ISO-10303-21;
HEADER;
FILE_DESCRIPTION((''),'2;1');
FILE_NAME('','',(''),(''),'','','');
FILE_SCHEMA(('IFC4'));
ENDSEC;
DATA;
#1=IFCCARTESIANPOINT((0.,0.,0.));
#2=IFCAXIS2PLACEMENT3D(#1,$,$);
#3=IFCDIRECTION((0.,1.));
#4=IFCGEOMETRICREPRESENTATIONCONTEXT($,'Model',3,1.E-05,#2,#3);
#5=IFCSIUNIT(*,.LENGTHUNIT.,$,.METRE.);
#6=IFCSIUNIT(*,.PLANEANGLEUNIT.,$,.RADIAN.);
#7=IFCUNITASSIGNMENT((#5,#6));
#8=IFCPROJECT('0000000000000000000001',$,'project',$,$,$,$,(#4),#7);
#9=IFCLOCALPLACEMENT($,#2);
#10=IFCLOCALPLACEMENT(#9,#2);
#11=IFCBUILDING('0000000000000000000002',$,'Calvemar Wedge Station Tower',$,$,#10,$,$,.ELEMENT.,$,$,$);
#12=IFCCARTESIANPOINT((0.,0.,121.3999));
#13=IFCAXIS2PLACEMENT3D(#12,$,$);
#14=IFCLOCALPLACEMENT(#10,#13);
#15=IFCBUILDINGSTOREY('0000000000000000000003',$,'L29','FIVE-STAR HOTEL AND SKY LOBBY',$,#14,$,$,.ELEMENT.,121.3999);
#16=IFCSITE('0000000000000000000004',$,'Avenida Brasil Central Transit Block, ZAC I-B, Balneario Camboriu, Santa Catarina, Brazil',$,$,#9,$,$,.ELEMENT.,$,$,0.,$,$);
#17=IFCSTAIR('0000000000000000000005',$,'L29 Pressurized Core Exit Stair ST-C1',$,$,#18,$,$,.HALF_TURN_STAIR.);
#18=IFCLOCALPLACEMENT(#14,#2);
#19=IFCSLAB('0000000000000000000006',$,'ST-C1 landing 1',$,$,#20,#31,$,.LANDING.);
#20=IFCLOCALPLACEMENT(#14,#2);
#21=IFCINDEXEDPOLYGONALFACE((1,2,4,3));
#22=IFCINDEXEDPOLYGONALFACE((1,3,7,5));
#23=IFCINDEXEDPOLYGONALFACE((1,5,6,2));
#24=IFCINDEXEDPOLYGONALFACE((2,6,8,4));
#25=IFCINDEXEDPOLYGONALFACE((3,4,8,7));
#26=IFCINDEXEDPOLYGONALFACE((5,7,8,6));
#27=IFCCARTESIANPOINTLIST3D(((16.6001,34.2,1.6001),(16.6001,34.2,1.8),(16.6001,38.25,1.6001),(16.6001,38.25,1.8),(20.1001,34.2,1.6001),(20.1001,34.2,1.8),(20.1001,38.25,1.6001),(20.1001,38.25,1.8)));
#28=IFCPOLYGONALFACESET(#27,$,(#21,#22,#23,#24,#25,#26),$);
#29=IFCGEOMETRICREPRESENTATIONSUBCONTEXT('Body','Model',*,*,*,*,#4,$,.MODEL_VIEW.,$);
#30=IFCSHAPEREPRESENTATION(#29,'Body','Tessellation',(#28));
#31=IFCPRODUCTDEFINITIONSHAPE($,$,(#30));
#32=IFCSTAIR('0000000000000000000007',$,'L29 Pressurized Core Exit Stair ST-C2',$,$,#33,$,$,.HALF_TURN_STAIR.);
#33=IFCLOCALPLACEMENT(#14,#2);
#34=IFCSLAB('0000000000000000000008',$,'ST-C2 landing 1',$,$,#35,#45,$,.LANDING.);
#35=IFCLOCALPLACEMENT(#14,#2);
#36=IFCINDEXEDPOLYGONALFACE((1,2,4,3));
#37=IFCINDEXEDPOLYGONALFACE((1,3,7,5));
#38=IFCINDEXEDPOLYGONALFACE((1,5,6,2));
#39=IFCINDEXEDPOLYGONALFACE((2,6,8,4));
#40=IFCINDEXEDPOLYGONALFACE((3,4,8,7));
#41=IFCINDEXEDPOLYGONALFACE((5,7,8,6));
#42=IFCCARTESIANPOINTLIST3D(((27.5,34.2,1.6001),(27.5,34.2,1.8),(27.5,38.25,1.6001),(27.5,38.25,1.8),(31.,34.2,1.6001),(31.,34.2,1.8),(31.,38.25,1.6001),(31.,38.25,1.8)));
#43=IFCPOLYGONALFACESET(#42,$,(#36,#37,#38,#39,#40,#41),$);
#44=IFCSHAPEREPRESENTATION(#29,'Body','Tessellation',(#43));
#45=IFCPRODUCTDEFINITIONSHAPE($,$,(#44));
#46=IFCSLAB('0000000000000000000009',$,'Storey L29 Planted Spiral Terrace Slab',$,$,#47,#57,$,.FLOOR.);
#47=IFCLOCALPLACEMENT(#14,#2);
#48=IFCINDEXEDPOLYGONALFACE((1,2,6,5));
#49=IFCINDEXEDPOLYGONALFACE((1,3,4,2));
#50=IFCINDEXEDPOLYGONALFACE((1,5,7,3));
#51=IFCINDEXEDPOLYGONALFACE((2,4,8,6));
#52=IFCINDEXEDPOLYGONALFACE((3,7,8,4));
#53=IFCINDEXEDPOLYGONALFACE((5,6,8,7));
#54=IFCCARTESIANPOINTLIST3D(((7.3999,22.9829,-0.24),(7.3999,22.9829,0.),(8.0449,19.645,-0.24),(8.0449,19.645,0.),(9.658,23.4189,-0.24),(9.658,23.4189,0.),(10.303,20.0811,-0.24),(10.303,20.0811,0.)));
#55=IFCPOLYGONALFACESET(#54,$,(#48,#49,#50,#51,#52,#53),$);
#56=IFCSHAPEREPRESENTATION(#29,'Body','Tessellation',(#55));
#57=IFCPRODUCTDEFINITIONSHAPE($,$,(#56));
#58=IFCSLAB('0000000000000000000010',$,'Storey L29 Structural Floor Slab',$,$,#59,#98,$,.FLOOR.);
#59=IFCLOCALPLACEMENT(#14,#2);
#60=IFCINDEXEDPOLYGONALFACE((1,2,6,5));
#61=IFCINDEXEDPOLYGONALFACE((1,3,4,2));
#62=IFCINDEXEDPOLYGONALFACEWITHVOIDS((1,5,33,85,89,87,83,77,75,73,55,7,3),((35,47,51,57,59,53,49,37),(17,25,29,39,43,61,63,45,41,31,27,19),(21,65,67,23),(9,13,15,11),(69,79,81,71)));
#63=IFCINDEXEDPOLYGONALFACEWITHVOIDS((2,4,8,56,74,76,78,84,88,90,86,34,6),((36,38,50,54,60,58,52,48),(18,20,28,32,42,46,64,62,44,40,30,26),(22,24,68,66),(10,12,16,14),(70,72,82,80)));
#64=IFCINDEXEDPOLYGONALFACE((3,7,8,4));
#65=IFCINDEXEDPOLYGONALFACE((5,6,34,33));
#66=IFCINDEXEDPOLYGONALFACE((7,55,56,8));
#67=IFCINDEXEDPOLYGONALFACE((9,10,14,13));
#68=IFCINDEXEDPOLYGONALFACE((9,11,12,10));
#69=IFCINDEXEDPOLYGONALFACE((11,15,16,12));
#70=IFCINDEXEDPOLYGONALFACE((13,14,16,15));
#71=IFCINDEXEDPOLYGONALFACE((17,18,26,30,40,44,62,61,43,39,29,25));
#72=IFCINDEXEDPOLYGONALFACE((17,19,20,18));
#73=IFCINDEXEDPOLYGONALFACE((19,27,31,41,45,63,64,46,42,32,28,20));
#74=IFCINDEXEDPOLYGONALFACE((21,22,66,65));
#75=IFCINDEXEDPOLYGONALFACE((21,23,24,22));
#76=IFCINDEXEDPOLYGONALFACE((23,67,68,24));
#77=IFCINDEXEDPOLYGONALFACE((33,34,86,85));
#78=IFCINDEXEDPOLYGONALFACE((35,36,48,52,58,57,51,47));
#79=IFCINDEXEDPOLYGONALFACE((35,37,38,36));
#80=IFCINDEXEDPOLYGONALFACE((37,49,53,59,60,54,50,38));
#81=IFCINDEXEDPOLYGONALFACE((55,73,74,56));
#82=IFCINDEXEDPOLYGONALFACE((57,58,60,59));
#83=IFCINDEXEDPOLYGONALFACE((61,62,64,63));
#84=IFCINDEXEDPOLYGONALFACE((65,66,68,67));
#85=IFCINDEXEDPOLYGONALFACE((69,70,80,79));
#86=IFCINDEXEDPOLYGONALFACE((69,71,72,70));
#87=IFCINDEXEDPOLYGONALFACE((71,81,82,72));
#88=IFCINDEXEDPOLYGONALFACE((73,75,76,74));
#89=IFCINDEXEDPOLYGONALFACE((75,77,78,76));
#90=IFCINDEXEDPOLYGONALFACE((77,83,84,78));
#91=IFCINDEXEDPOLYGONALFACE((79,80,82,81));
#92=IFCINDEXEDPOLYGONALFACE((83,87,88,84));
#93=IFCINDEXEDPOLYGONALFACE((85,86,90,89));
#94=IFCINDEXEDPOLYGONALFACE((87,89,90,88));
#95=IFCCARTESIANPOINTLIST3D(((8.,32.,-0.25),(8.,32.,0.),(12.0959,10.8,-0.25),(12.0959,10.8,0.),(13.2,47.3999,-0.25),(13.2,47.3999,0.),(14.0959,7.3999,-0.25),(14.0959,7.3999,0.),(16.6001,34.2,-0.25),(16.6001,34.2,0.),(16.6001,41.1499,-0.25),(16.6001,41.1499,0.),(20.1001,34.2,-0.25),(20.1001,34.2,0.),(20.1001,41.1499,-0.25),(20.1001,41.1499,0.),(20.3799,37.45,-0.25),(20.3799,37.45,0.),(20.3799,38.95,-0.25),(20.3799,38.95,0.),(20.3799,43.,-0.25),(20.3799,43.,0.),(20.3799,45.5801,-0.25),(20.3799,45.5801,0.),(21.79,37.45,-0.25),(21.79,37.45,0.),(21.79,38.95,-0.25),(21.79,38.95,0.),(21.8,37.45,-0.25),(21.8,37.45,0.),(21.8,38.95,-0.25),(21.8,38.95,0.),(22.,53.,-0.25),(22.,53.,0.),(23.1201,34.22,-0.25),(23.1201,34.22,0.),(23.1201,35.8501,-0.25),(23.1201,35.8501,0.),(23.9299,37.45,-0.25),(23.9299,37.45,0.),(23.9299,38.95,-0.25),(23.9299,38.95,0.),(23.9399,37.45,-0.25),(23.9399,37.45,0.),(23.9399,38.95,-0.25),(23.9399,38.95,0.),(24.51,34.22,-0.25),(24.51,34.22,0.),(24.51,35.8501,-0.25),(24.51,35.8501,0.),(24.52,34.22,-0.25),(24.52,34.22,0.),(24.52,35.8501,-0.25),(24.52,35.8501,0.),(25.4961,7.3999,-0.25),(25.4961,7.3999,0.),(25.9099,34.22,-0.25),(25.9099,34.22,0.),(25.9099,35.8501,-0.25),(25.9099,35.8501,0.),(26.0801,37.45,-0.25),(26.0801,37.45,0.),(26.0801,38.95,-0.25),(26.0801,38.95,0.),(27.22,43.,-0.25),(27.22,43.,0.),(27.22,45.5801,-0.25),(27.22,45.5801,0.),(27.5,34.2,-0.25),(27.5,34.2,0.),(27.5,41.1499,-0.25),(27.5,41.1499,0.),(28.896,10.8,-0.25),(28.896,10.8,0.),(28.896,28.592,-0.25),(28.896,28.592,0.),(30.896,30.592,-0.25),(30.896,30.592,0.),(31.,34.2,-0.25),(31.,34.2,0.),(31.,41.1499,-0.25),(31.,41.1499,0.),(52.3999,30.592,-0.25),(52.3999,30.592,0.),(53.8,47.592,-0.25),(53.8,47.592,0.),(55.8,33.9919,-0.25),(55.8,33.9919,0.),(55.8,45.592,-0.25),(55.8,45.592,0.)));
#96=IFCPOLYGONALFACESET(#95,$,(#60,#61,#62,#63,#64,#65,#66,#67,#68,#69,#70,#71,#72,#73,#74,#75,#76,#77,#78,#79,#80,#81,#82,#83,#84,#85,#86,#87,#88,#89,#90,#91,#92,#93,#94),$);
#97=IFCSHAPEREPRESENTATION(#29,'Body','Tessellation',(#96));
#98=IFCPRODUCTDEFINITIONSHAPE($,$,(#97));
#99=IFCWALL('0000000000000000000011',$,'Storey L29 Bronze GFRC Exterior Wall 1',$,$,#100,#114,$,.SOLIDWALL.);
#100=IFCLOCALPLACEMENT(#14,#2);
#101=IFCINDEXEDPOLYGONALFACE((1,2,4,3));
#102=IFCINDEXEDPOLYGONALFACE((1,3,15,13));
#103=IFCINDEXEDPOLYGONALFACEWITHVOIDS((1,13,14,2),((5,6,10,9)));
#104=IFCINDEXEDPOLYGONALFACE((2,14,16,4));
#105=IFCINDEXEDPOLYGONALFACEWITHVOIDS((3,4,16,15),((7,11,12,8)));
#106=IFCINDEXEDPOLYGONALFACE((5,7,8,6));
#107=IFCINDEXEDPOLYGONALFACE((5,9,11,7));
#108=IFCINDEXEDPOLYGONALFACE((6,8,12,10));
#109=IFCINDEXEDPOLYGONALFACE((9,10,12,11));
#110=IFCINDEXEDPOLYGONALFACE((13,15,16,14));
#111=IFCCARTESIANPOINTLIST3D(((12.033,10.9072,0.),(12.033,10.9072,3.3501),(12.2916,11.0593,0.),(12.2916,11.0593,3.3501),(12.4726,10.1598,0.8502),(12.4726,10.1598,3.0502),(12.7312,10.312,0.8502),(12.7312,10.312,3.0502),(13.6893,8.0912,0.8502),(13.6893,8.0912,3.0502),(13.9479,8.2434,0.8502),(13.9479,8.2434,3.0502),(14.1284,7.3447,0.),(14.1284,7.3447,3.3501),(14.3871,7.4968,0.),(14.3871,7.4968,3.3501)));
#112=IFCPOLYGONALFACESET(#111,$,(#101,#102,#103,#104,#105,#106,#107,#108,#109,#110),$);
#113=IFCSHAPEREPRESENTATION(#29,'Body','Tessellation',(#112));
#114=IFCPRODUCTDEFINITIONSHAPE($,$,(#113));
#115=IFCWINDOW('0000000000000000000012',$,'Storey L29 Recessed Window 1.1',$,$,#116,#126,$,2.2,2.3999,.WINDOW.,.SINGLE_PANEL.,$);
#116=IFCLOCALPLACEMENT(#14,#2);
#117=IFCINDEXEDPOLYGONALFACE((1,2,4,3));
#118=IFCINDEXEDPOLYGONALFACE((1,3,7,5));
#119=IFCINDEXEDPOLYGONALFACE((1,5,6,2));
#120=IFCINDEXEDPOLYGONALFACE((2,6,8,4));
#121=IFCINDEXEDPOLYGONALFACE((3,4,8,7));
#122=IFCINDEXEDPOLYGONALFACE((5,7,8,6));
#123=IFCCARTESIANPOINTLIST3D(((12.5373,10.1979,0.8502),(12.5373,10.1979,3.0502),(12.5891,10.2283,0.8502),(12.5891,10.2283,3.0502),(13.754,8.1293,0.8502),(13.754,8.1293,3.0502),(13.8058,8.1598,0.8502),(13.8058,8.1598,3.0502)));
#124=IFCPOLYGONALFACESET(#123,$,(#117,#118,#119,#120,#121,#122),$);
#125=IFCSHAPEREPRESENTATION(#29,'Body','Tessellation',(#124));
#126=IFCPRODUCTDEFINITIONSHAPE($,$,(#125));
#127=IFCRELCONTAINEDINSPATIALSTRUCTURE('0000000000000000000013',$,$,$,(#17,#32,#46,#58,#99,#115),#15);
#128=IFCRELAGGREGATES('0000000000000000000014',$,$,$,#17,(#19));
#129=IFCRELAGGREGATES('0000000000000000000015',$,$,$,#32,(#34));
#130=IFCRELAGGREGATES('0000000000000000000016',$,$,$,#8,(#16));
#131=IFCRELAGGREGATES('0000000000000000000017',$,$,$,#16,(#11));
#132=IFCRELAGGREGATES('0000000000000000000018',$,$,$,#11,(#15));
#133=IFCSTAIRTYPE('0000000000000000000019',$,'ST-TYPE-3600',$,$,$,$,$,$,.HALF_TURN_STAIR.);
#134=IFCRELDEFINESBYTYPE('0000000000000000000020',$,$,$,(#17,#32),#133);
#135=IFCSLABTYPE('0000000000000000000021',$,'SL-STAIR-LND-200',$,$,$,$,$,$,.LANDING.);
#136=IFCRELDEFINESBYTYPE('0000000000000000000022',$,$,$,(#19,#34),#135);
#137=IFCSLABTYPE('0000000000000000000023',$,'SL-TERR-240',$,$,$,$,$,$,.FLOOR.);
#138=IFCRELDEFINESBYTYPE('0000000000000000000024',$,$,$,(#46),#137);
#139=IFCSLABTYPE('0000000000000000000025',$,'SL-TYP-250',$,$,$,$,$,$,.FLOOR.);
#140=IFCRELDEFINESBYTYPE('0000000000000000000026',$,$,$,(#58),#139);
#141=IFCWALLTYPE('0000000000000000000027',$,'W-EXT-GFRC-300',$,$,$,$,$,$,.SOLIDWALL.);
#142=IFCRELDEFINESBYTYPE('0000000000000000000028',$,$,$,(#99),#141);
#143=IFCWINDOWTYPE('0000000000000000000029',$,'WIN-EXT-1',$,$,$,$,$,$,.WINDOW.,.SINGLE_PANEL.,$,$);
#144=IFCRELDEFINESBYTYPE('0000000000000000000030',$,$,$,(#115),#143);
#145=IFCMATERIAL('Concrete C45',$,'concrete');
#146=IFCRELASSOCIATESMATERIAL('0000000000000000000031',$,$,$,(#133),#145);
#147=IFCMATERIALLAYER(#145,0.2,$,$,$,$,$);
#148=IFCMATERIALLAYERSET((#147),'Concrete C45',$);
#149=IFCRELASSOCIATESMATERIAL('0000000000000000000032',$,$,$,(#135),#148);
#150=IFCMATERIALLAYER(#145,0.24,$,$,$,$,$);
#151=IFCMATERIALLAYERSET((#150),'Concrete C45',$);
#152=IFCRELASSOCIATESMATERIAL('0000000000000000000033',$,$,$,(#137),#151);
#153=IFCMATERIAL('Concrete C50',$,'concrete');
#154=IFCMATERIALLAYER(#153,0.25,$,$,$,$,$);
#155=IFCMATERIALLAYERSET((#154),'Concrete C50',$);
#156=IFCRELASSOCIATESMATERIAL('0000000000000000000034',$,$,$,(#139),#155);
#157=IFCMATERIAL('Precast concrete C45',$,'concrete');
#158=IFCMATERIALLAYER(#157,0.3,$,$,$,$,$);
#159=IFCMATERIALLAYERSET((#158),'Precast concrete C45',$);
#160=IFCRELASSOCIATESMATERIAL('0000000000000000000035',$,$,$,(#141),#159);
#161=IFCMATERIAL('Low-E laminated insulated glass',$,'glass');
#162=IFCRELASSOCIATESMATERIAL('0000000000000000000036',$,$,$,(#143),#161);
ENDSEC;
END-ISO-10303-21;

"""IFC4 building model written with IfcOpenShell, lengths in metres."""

from ifc_helpers import new_model, si_unit, direction, frame, frame_2d, origin, place, context, subcontext, project, spatial, polyline, rectangle, outline, extrude, source, transform, mapped, material, layer, layer_set, type_object, element, fill, aggregate, save


model = new_model("IFC4")

# Units and contexts
model_context = context("Model", 3, precision=1e-05, world=origin(), true_north=direction((0.0, 1.0)))
body_context = subcontext(model_context, "Body", "Model", "MODEL_VIEW")
ifc_project = project(units=[si_unit("LENGTHUNIT", "METRE"), si_unit("PLANEANGLEUNIT", "RADIAN")], contexts=[model_context])

# Site, building, storey
site_placement = place(None, origin())
site = spatial("IfcSite", under=ifc_project, at=site_placement, Name="Avenida Brasil Central Transit Block, ZAC I-B, Balneario Camboriu, Santa Catarina, Brazil", CompositionType="ELEMENT", RefElevation=0.0)
building_placement = place(site_placement, origin())
building = spatial("IfcBuilding", under=site, at=building_placement, Name="Calvemar Wedge Station Tower", CompositionType="ELEMENT")
storey_placement = place(building_placement, frame((0.0, 0.0, 121.3999)))
storey = spatial("IfcBuildingStorey", under=building, at=storey_placement, Name="L29", Description="FIVE-STAR HOTEL AND SKY LOBBY", CompositionType="ELEMENT", Elevation=121.3999)

# Stairs, slabs
ifc_material_1 = material(Name="Concrete C45", Category="concrete")
stair_type = type_object("IfcStairType", Name="ST-TYPE-3600", PredefinedType="HALF_TURN_STAIR", material=ifc_material_1)
stair_1_placement = place(storey_placement, origin())
stair_1 = element("IfcStair", 1, at=stair_1_placement, inside=storey, type_object=stair_type, Name="L29 Pressurized Core Exit Stair ST-C1", PredefinedType="HALF_TURN_STAIR")
ifc_layer_1 = layer(ifc_material_1, 0.2)
ifc_layer_set_1 = layer_set([ifc_layer_1], Name="Concrete C45")
slab_type_1 = type_object("IfcSlabType", Name="SL-STAIR-LND-200", PredefinedType="LANDING", material=ifc_layer_set_1)
slab_1_placement = place(storey_placement, frame((0.0, 0.0, 1.6001)))
slab_1 = element("IfcSlab", 2, at=slab_1_placement, type_object=slab_type_1, Name="ST-C1 landing 1", PredefinedType="LANDING", context=body_context, shape_type="SweptSolid", body=[
    extrude(outline(polyline([(16.6001, 38.25), (16.6001, 34.2), (20.1001, 34.2), (20.1001, 38.25), (16.6001, 38.25)])), origin(), (0.0, 0.0, 1.0), 0.2),
])
aggregate(stair_1, [slab_1])
stair_2_placement = place(storey_placement, origin())
stair_2 = element("IfcStair", 3, at=stair_2_placement, inside=storey, type_object=stair_type, Name="L29 Pressurized Core Exit Stair ST-C2", PredefinedType="HALF_TURN_STAIR")
slab_2_placement = place(storey_placement, frame((0.0, 0.0, 1.6001)))
slab_2 = element("IfcSlab", 4, at=slab_2_placement, type_object=slab_type_1, Name="ST-C2 landing 1", PredefinedType="LANDING", context=body_context, shape_type="SweptSolid", body=[
    extrude(outline(polyline([(27.5, 38.25), (27.5, 34.2), (31.0, 34.2), (31.0, 38.25), (27.5, 38.25)])), origin(), (0.0, 0.0, 1.0), 0.2),
])
aggregate(stair_2, [slab_2])

# Slabs
ifc_layer_2 = layer(ifc_material_1, 0.24)
ifc_layer_set_2 = layer_set([ifc_layer_2], Name="Concrete C45")
slab_type_2 = type_object("IfcSlabType", Name="SL-TERR-240", PredefinedType="FLOOR", material=ifc_layer_set_2)
slab_3_placement = place(storey_placement, frame((0.0, 0.0, -0.24)))
element("IfcSlab", 5, at=slab_3_placement, inside=storey, type_object=slab_type_2, Name="Storey L29 Planted Spiral Terrace Slab", PredefinedType="FLOOR", context=body_context, shape_type="SweptSolid", body=[
    extrude(outline(polyline([(9.658, 23.4189), (7.3999, 22.9829), (8.0449, 19.645), (10.303, 20.0811), (9.658, 23.4189)])), origin(), (0.0, 0.0, 1.0), 0.24),
])
ifc_material_2 = material(Name="Concrete C50", Category="concrete")
ifc_layer_3 = layer(ifc_material_2, 0.25)
ifc_layer_set_3 = layer_set([ifc_layer_3], Name="Concrete C50")
slab_type_3 = type_object("IfcSlabType", Name="SL-TYP-250", PredefinedType="FLOOR", material=ifc_layer_set_3)
slab_4_placement = place(storey_placement, frame((0.0, 0.0, -0.25)))
element("IfcSlab", 6, at=slab_4_placement, inside=storey, type_object=slab_type_3, Name="Storey L29 Structural Floor Slab", PredefinedType="FLOOR", context=body_context, shape_type="SweptSolid", body=[
    extrude(outline(polyline([(8.0, 32.0), (12.0959, 10.8), (14.0959, 7.3999), (25.4961, 7.3999), (28.896, 10.8), (28.896, 28.592), (30.896, 30.592), (52.3999, 30.592), (55.8, 33.9919), (55.8, 45.592), (53.8, 47.592), (22.0, 53.0), (13.2, 47.3999), (8.0, 32.0)]), holes=[polyline([(24.52, 35.8501), (24.51, 35.8501), (23.1201, 35.8501), (23.1201, 34.22), (24.51, 34.22), (24.52, 34.22), (25.9099, 34.22), (25.9099, 35.8501), (24.52, 35.8501)]), polyline([(16.6001, 34.2), (20.1001, 34.2), (20.1001, 41.1499), (16.6001, 41.1499), (16.6001, 34.2)]), polyline([(27.5, 34.2), (31.0, 34.2), (31.0, 41.1499), (27.5, 41.1499), (27.5, 34.2)]), polyline([(21.8, 38.95), (21.79, 38.95), (20.3799, 38.95), (20.3799, 37.45), (21.79, 37.45), (21.8, 37.45), (23.9299, 37.45), (23.9399, 37.45), (26.0801, 37.45), (26.0801, 38.95), (23.9399, 38.95), (23.9299, 38.95), (21.8, 38.95)]), polyline([(27.22, 43.0), (27.22, 45.5801), (20.3799, 45.5801), (20.3799, 43.0), (27.22, 43.0)])]), origin(), (0.0, 0.0, 1.0), 0.25),
])

# Wall, opening, window
ifc_material_3 = material(Name="Precast concrete C45", Category="concrete")
ifc_layer_4 = layer(ifc_material_3, 0.3)
ifc_layer_set_4 = layer_set([ifc_layer_4], Name="Precast concrete C45")
wall_type_1 = type_object("IfcWallType", Name="W-EXT-GFRC-300", PredefinedType="SOLIDWALL", material=ifc_layer_set_4)
wall_1_placement = place(storey_placement, frame((12.1624, 10.9832, 0.0), z_axis=(0.0, 0.0, 1.0), x_axis=(0.506997, -0.861948, 0.0)))
wall_1 = element("IfcWall", 7, at=wall_1_placement, inside=storey, type_object=wall_type_1, Name="Storey L29 Bronze GFRC Exterior Wall 1", PredefinedType="SOLIDWALL", context=body_context, shape_type="SweptSolid", body=[
    extrude(rectangle(XDim=4.1331, YDim=0.3, at=frame_2d((2.0664, 0.0))), origin(), (0.0, 0.0, 1.0), 3.3501),
])
shared_shape_1 = source(origin(), body_context, "Body", "SweptSolid", [
    extrude(rectangle(XDim=2.3999, YDim=2.2, at=frame_2d((1.2, 1.1001))), frame((0.0, 0.1602, 0.0), z_axis=(0.0, -1.0, 0.0), x_axis=(1.0, 0.0, 0.0)), (0.0, 0.0, 1.0), 0.3201),
])
opening_1_placement = place(wall_1_placement, frame((0.8669, 0.0, 0.8501)))
opening_1 = element("IfcOpeningElement", 8, at=opening_1_placement, cuts=wall_1, PredefinedType="OPENING", context=body_context, shape_type="MappedRepresentation", body=[
    mapped(shared_shape_1, transform((0.0, 0.0, 0.0), scale=1.0)),
])
ifc_material_4 = material(Name="Low-E laminated insulated glass", Category="glass")
window_type_1 = type_object("IfcWindowType", Name="WIN-EXT-1", PartitioningType="SINGLE_PANEL", PredefinedType="WINDOW", material=ifc_material_4)
shared_shape_2 = source(origin(), body_context, "Body", "SweptSolid", [
    extrude(rectangle(XDim=2.3999, YDim=2.2, at=frame_2d((1.2, 1.1001))), frame((0.0, -0.0149, 0.0), z_axis=(0.0, -1.0, 0.0), x_axis=(1.0, 0.0, 0.0)), (0.0, 0.0, 1.0), 0.0601),
])
window_1_placement = place(opening_1_placement, origin())
window_1 = element("IfcWindow", 9, at=window_1_placement, inside=storey, type_object=window_type_1, Name="Storey L29 Recessed Window 1.1", OverallHeight=2.2, OverallWidth=2.3999, PartitioningType="SINGLE_PANEL", PredefinedType="WINDOW", context=body_context, shape_type="MappedRepresentation", body=[
    mapped(shared_shape_2, transform((0.0, 0.0, 0.0), scale=1.0)),
])
fill(opening_1, window_1)

save(model, "model.ifc")
